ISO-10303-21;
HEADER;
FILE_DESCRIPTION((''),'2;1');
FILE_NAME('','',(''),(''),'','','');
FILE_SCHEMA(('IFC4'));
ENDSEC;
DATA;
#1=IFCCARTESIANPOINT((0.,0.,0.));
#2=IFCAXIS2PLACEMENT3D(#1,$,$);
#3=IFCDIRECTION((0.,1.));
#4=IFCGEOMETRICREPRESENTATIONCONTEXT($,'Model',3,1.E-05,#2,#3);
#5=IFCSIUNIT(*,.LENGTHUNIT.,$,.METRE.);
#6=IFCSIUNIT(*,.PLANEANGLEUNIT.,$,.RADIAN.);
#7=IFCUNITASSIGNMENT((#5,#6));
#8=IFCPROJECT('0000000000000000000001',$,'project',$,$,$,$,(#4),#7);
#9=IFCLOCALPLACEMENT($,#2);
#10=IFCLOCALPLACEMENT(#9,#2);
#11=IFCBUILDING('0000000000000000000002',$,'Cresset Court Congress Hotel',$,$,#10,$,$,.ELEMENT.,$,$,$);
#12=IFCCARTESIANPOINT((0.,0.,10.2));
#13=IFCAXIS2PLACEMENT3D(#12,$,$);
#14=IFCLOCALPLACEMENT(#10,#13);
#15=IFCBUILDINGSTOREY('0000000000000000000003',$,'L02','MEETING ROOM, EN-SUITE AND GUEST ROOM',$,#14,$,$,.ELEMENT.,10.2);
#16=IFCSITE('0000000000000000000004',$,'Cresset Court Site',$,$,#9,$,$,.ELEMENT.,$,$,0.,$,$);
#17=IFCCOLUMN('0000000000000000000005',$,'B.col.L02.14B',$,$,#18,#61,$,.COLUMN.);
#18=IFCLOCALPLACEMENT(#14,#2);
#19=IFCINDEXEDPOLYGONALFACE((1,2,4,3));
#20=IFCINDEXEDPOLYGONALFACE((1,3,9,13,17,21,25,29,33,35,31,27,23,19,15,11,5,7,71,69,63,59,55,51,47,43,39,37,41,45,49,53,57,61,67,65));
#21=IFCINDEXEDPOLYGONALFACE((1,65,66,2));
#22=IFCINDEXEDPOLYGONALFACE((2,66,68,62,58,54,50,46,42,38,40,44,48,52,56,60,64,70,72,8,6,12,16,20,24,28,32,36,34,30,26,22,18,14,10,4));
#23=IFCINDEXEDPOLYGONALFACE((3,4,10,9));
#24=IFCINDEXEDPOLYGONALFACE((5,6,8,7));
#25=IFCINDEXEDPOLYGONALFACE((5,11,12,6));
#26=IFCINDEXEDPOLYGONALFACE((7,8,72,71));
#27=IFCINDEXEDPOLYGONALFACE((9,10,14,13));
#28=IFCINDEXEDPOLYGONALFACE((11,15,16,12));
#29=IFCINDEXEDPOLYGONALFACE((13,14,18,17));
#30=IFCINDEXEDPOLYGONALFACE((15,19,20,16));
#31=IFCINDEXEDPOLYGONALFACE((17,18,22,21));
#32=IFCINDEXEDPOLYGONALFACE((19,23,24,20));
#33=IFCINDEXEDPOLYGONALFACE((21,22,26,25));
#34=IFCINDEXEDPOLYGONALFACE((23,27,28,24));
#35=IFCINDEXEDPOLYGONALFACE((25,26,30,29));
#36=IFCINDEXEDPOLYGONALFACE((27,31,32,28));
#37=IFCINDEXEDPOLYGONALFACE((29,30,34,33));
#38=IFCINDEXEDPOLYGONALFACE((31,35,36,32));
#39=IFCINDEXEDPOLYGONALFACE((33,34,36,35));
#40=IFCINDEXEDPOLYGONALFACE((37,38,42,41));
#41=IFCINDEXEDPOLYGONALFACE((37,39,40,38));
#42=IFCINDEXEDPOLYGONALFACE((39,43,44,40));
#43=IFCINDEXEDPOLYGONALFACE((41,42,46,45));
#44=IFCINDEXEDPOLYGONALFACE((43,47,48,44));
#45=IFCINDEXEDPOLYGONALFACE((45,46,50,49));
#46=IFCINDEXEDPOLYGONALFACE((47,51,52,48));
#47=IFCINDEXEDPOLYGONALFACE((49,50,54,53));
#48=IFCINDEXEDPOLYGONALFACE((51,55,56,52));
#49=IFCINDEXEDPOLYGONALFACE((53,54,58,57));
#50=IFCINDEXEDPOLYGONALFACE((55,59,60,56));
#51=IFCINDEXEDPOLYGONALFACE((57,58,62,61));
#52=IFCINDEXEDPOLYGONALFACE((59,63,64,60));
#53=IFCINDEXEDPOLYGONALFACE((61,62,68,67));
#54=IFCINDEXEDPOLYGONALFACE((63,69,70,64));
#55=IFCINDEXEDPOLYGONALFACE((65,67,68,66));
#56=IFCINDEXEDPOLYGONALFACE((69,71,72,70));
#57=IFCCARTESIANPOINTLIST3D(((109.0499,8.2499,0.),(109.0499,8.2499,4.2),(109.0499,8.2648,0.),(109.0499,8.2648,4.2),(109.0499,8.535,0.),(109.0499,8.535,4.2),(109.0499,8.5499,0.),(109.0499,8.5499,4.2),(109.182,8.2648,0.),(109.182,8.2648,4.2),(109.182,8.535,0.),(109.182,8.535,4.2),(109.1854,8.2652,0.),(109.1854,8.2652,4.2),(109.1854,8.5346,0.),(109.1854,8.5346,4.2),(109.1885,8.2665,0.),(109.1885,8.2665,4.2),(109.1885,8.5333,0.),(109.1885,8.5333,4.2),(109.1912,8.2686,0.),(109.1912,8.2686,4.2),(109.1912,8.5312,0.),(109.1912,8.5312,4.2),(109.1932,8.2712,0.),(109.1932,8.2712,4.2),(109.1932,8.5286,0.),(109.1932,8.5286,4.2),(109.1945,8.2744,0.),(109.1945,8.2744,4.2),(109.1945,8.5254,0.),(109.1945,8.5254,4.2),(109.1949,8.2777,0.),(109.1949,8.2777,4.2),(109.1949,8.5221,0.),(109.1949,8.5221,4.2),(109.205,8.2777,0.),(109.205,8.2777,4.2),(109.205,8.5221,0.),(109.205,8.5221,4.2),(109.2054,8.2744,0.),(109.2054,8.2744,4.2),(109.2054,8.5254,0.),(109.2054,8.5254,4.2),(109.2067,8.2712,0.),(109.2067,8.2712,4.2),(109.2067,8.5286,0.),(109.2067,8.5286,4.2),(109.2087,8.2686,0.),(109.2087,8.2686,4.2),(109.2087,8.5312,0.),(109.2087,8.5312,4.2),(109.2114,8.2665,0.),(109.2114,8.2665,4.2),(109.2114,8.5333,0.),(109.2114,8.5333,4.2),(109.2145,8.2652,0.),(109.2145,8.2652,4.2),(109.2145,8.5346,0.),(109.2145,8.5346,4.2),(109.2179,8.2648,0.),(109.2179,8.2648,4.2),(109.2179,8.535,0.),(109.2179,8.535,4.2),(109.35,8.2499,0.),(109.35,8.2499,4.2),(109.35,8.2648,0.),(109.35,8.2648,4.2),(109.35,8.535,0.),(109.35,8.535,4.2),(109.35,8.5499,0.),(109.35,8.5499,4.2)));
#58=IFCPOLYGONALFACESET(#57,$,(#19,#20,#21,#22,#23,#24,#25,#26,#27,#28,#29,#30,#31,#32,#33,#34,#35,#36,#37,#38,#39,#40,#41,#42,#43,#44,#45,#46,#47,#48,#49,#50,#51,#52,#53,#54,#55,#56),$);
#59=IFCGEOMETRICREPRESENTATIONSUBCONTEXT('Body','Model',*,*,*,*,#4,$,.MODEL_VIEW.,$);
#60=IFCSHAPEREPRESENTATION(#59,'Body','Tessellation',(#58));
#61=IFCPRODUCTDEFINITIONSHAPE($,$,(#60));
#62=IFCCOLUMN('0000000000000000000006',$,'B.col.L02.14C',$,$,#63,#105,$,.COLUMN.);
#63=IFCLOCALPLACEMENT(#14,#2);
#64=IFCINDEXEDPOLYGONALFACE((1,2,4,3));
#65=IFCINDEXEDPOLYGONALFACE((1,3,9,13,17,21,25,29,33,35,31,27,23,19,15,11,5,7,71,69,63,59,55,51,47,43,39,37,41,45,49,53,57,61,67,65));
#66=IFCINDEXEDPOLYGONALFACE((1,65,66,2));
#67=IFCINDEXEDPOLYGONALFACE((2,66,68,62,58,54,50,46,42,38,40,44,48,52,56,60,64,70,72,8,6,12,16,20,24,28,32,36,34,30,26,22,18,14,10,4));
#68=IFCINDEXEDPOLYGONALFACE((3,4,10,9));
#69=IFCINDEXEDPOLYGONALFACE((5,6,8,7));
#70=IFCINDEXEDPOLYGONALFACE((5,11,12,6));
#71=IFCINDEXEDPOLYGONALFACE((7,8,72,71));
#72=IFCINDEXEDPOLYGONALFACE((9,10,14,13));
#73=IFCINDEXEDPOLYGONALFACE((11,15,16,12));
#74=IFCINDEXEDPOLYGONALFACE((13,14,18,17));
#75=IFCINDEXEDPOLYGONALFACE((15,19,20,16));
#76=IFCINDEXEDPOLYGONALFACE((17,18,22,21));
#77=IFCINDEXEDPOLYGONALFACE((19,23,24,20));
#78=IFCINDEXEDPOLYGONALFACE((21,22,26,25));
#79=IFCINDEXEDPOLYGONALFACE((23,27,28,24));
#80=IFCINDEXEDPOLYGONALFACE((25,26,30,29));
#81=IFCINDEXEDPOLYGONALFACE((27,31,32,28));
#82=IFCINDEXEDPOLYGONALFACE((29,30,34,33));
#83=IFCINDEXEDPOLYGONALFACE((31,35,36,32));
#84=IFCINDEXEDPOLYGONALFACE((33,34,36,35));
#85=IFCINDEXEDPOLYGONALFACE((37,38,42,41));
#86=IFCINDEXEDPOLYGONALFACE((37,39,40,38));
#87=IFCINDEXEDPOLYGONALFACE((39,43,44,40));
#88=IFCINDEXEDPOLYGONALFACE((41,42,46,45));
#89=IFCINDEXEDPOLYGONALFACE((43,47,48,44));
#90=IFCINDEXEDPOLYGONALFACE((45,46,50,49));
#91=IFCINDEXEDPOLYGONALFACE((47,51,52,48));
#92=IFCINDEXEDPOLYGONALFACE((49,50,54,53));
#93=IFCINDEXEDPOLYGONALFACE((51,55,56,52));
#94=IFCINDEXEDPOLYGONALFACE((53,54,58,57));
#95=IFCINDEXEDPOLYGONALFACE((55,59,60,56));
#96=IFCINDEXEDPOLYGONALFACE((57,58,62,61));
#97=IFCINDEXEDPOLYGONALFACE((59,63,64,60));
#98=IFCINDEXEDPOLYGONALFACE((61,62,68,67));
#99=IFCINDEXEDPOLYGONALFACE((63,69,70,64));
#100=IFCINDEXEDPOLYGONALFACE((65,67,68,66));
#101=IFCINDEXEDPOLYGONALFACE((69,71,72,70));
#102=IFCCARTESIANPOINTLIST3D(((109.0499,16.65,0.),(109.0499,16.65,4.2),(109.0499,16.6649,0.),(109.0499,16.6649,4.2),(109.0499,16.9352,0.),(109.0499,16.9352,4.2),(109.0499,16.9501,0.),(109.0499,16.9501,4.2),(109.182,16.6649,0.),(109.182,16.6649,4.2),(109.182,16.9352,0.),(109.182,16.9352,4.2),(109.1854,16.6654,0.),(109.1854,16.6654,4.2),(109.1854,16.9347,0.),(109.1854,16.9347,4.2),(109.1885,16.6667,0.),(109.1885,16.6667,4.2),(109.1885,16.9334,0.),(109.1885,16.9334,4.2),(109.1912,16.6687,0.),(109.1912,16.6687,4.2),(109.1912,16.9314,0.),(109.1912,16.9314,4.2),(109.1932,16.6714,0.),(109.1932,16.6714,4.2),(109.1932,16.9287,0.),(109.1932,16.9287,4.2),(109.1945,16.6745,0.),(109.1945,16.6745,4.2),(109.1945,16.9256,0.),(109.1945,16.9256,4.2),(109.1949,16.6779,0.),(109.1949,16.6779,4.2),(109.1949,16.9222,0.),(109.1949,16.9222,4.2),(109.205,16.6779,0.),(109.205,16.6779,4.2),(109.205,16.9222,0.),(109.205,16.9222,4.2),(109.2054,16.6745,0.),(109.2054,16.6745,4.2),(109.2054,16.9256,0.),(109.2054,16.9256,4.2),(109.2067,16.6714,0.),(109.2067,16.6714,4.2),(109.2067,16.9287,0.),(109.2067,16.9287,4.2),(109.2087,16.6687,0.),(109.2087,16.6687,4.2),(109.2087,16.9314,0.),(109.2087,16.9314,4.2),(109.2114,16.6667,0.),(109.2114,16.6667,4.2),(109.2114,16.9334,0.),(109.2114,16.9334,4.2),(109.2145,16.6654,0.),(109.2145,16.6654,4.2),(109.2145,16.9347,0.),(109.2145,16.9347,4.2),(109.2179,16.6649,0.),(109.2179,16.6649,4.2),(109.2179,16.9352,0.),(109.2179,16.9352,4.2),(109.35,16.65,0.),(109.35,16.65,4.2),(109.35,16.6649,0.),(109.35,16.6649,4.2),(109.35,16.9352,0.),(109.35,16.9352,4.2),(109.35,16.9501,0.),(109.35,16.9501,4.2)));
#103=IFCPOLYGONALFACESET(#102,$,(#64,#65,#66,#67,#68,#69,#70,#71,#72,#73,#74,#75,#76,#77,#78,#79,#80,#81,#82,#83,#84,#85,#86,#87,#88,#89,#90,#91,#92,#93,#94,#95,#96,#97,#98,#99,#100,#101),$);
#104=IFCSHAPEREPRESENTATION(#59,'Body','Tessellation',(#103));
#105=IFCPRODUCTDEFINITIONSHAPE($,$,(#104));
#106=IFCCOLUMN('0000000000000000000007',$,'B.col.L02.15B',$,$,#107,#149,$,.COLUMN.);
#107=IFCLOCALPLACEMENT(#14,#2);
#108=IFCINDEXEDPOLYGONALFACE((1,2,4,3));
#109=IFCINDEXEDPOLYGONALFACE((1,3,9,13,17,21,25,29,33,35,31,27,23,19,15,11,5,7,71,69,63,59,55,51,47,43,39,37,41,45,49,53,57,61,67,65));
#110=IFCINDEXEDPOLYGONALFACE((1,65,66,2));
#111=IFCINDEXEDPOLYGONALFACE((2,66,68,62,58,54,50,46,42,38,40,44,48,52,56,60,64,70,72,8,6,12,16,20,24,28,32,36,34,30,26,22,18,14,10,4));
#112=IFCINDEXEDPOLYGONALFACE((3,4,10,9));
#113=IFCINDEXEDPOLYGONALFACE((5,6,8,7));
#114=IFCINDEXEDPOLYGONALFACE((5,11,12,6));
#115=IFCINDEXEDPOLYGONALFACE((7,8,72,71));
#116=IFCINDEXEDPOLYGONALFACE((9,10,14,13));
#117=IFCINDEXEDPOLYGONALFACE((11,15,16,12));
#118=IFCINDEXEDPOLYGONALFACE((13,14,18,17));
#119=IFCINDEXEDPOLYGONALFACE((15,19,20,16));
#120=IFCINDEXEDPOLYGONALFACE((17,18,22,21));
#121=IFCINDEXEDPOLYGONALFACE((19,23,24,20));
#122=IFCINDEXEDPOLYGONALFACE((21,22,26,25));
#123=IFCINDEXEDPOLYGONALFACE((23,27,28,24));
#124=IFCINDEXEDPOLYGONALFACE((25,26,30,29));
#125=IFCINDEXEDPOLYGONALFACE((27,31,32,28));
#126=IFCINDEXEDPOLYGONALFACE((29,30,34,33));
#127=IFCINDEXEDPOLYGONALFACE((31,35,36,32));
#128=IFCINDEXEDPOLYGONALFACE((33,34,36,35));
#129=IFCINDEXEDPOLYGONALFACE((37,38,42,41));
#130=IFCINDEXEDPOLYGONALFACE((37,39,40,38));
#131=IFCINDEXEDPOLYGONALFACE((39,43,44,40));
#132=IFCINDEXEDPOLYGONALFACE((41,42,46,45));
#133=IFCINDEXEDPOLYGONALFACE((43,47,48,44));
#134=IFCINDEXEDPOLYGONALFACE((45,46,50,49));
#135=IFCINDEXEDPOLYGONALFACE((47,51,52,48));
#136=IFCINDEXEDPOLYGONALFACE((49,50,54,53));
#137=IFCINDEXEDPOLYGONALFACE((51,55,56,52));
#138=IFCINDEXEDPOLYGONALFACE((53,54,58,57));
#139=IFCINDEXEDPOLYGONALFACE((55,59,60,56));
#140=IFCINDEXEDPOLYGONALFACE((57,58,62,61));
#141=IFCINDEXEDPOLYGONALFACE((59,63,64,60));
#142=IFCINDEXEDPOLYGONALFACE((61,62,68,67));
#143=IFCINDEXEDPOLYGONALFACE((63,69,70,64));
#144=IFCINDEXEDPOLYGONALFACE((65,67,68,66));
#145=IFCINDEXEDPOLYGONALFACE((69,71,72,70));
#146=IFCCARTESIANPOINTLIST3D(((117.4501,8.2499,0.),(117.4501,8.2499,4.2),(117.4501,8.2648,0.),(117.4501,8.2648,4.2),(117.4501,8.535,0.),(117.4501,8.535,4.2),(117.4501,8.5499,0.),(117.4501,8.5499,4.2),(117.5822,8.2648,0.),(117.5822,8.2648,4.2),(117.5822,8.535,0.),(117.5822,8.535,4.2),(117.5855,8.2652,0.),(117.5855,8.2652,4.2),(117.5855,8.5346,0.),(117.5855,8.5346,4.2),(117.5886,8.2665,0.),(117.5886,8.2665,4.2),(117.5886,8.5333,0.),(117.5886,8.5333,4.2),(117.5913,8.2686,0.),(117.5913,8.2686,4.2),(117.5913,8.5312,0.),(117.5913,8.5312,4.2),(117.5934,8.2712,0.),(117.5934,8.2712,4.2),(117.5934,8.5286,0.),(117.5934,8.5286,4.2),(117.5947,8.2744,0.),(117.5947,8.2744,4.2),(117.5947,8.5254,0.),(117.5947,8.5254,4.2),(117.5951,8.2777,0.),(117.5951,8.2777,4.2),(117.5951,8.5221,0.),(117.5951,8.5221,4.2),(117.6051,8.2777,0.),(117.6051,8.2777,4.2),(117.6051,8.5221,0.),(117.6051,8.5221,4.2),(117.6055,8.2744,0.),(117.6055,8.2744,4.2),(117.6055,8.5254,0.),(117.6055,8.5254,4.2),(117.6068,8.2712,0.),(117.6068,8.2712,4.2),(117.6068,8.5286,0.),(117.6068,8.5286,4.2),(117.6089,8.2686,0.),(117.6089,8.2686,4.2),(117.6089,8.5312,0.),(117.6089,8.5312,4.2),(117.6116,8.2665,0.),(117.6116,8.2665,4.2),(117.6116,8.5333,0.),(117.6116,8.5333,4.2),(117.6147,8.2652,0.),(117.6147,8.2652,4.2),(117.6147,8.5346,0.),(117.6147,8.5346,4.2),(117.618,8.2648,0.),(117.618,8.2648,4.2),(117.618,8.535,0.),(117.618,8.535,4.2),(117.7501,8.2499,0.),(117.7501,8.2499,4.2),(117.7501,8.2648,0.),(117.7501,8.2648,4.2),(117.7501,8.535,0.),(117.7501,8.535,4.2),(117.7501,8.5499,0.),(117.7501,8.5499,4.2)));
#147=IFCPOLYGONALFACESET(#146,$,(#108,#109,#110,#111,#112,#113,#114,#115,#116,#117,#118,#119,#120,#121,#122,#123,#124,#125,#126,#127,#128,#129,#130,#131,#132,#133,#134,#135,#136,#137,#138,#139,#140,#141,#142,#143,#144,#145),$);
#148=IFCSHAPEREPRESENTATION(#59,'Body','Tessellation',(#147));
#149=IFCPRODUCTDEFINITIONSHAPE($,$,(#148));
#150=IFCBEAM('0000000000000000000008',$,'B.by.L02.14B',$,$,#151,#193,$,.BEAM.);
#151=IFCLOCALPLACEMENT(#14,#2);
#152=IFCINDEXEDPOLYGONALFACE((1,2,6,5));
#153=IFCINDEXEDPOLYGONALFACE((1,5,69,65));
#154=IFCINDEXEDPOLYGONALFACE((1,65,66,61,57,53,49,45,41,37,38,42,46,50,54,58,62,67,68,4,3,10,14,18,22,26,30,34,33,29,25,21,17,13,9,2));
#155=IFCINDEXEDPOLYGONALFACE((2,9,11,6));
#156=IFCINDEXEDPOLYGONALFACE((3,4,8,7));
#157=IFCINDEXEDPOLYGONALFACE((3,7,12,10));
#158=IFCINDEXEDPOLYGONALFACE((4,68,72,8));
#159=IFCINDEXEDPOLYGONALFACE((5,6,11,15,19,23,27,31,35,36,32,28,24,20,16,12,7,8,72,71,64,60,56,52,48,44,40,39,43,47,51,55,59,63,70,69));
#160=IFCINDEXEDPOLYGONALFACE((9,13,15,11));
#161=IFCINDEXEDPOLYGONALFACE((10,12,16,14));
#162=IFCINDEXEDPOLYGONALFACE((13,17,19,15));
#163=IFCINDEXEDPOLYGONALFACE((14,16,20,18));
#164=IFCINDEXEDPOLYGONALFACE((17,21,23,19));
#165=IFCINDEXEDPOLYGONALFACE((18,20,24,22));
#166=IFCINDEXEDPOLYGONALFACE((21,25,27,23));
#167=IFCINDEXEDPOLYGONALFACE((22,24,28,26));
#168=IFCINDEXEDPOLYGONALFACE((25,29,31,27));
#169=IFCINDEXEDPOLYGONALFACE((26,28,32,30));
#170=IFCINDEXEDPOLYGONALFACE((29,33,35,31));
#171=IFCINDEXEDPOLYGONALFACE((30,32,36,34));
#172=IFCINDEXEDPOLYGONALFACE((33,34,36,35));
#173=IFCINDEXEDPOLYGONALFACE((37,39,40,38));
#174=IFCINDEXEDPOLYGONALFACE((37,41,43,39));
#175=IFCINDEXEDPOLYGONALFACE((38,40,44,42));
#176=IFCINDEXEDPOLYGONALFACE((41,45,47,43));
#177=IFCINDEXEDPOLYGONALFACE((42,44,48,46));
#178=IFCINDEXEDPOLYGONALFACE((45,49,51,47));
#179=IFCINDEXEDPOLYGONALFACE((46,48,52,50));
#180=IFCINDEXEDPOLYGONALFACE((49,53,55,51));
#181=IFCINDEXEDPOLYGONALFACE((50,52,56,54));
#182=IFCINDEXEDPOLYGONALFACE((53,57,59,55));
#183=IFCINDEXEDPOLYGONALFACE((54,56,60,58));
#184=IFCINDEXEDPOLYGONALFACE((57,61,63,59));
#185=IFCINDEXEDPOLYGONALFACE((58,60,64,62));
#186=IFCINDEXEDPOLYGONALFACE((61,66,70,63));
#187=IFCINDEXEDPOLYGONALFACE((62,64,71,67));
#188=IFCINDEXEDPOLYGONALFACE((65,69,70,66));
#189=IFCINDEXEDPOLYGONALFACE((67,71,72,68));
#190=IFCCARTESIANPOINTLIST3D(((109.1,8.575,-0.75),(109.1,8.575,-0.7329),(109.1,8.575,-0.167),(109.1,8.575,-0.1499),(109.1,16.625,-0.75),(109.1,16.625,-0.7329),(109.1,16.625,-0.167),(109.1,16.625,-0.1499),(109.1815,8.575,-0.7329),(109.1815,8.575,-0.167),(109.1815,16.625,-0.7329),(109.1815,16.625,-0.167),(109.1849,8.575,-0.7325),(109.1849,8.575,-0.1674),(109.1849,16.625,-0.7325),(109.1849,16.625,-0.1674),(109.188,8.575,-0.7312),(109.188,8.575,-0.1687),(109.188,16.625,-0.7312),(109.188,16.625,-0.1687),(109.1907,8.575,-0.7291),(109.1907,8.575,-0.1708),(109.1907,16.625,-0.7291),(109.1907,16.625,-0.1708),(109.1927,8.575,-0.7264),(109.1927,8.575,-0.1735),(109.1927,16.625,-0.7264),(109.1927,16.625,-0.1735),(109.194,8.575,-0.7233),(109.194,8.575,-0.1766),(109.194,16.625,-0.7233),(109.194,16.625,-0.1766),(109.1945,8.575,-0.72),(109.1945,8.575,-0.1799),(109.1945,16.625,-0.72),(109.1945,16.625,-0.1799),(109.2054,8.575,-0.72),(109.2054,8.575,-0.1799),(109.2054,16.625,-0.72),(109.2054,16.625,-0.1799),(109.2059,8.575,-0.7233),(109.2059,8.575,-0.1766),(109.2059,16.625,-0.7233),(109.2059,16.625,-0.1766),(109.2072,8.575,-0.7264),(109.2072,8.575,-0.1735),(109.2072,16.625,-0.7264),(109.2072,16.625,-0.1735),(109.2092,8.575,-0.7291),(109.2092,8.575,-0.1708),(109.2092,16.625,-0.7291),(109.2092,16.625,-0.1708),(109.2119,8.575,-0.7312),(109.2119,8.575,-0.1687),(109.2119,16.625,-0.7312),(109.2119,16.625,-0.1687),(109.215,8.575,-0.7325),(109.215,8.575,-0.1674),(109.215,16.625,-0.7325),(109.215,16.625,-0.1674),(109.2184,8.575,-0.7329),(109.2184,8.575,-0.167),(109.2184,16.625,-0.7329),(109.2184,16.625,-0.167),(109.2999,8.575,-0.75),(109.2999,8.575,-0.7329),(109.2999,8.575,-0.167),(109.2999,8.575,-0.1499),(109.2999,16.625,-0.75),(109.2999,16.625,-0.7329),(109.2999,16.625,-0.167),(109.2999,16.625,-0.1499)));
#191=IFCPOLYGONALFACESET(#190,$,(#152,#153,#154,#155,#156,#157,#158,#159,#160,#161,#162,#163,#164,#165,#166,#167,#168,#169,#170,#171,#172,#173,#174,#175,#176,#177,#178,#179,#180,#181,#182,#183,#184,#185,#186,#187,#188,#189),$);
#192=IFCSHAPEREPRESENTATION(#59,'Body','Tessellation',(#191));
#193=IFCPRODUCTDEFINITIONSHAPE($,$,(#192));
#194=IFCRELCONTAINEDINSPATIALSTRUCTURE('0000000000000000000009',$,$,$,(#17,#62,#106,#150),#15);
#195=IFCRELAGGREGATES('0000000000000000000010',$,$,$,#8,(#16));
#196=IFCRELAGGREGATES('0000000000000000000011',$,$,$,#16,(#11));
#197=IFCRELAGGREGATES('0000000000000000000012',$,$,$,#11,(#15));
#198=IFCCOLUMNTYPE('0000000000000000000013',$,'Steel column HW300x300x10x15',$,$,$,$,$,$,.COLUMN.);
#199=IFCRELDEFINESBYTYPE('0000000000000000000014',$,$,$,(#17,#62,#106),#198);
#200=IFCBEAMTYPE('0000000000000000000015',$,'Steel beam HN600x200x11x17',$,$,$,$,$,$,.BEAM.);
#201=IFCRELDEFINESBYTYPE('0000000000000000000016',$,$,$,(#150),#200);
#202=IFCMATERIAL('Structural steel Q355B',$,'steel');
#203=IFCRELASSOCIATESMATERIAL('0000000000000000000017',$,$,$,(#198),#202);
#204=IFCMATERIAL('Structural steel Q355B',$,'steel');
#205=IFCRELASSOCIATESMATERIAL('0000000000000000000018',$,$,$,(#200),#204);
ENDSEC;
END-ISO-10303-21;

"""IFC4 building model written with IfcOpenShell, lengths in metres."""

from ifc_helpers import new_model, si_unit, direction, frame, origin, origin_2d, place, context, subcontext, project, spatial, i_section, extrude, material, material_profile, profile_set, type_object, element, save


model = new_model("IFC4")

# Units and contexts
model_context = context("Model", 3, precision=1e-05, world=origin(), true_north=direction((0.0, 1.0)))
body_context = subcontext(model_context, "Body", "Model", "MODEL_VIEW")
ifc_project = project(units=[si_unit("LENGTHUNIT", "METRE"), si_unit("PLANEANGLEUNIT", "RADIAN")], contexts=[model_context])

# Site, building, storey
site_placement = place(None, origin())
site = spatial("IfcSite", under=ifc_project, at=site_placement, Name="Cresset Court Site", CompositionType="ELEMENT", RefElevation=0.0)
building_placement = place(site_placement, origin())
building = spatial("IfcBuilding", under=site, at=building_placement, Name="Cresset Court Congress Hotel", CompositionType="ELEMENT")
storey_placement = place(building_placement, frame((0.0, 0.0, 10.2)))
storey = spatial("IfcBuildingStorey", under=building, at=storey_placement, Name="L02", Description="MEETING ROOM, EN-SUITE AND GUEST ROOM", CompositionType="ELEMENT", Elevation=10.2)

# Columns
ifc_material_1 = material(Name="Structural steel Q355B", Category="steel")
ifc_material_profile_1 = material_profile(ifc_material_1, i_section(OverallWidth=0.3, OverallDepth=0.3, WebThickness=0.01, FlangeThickness=0.0149, FilletRadius=0.0129, at=origin_2d()), Name="HW300x300x10x15")
ifc_profile_set_1 = profile_set([ifc_material_profile_1], Name="Structural steel Q355B")
column_type = type_object("IfcColumnType", Name="Steel column HW300x300x10x15", PredefinedType="COLUMN", material=ifc_profile_set_1)
for number, where, z_axis, x_axis, name in (
    (1, (109.2, 8.3999, 0.0), (0.0, 0.0, 1.0), (1.0, 0.0, 0.0), "B.col.L02.14B"),
    (2, (109.2, 16.8, 0.0), (0.0, 0.0, 1.0), (1.0, 0.0, 0.0), "B.col.L02.14C"),
    (3, (117.6001, 8.3999, 0.0), (0.0, 0.0, 1.0), (1.0, 0.0, 0.0), "B.col.L02.15B"),
):
    element("IfcColumn", number, at=place(storey_placement, frame(where, z_axis=z_axis, x_axis=x_axis)), inside=storey, type_object=column_type, Name=name, PredefinedType="COLUMN", context=body_context, shape_type="SweptSolid", body=[
        extrude(i_section(OverallWidth=0.3, OverallDepth=0.3, WebThickness=0.01, FlangeThickness=0.0149, FilletRadius=0.0129, at=origin_2d()), origin(), (0.0, 0.0, 1.0), 4.2),
    ])

# Beam
ifc_material_2 = material(Name="Structural steel Q355B", Category="steel")
ifc_material_profile_2 = material_profile(ifc_material_2, i_section(OverallWidth=0.2, OverallDepth=0.6001, WebThickness=0.011, FlangeThickness=0.0171, FilletRadius=0.0129, at=origin_2d()), Name="HN600x200x11x17")
ifc_profile_set_2 = profile_set([ifc_material_profile_2], Name="Structural steel Q355B")
beam_type_1 = type_object("IfcBeamType", Name="Steel beam HN600x200x11x17", PredefinedType="BEAM", material=ifc_profile_set_2)
for number, where, z_axis, x_axis, name in (
    (4, (109.2, 8.575, -0.45), (0.0, 1.0, 0.0), (-1.0, 0.0, 0.0), "B.by.L02.14B"),
):
    element("IfcBeam", number, at=place(storey_placement, frame(where, z_axis=z_axis, x_axis=x_axis)), inside=storey, type_object=beam_type_1, Name=name, PredefinedType="BEAM", context=body_context, shape_type="SweptSolid", body=[
        extrude(i_section(OverallWidth=0.2, OverallDepth=0.6001, WebThickness=0.011, FlangeThickness=0.0171, FilletRadius=0.0129, at=origin_2d()), origin(), (0.0, 0.0, 1.0), 8.05),
    ])

save(model, "model.ifc")
